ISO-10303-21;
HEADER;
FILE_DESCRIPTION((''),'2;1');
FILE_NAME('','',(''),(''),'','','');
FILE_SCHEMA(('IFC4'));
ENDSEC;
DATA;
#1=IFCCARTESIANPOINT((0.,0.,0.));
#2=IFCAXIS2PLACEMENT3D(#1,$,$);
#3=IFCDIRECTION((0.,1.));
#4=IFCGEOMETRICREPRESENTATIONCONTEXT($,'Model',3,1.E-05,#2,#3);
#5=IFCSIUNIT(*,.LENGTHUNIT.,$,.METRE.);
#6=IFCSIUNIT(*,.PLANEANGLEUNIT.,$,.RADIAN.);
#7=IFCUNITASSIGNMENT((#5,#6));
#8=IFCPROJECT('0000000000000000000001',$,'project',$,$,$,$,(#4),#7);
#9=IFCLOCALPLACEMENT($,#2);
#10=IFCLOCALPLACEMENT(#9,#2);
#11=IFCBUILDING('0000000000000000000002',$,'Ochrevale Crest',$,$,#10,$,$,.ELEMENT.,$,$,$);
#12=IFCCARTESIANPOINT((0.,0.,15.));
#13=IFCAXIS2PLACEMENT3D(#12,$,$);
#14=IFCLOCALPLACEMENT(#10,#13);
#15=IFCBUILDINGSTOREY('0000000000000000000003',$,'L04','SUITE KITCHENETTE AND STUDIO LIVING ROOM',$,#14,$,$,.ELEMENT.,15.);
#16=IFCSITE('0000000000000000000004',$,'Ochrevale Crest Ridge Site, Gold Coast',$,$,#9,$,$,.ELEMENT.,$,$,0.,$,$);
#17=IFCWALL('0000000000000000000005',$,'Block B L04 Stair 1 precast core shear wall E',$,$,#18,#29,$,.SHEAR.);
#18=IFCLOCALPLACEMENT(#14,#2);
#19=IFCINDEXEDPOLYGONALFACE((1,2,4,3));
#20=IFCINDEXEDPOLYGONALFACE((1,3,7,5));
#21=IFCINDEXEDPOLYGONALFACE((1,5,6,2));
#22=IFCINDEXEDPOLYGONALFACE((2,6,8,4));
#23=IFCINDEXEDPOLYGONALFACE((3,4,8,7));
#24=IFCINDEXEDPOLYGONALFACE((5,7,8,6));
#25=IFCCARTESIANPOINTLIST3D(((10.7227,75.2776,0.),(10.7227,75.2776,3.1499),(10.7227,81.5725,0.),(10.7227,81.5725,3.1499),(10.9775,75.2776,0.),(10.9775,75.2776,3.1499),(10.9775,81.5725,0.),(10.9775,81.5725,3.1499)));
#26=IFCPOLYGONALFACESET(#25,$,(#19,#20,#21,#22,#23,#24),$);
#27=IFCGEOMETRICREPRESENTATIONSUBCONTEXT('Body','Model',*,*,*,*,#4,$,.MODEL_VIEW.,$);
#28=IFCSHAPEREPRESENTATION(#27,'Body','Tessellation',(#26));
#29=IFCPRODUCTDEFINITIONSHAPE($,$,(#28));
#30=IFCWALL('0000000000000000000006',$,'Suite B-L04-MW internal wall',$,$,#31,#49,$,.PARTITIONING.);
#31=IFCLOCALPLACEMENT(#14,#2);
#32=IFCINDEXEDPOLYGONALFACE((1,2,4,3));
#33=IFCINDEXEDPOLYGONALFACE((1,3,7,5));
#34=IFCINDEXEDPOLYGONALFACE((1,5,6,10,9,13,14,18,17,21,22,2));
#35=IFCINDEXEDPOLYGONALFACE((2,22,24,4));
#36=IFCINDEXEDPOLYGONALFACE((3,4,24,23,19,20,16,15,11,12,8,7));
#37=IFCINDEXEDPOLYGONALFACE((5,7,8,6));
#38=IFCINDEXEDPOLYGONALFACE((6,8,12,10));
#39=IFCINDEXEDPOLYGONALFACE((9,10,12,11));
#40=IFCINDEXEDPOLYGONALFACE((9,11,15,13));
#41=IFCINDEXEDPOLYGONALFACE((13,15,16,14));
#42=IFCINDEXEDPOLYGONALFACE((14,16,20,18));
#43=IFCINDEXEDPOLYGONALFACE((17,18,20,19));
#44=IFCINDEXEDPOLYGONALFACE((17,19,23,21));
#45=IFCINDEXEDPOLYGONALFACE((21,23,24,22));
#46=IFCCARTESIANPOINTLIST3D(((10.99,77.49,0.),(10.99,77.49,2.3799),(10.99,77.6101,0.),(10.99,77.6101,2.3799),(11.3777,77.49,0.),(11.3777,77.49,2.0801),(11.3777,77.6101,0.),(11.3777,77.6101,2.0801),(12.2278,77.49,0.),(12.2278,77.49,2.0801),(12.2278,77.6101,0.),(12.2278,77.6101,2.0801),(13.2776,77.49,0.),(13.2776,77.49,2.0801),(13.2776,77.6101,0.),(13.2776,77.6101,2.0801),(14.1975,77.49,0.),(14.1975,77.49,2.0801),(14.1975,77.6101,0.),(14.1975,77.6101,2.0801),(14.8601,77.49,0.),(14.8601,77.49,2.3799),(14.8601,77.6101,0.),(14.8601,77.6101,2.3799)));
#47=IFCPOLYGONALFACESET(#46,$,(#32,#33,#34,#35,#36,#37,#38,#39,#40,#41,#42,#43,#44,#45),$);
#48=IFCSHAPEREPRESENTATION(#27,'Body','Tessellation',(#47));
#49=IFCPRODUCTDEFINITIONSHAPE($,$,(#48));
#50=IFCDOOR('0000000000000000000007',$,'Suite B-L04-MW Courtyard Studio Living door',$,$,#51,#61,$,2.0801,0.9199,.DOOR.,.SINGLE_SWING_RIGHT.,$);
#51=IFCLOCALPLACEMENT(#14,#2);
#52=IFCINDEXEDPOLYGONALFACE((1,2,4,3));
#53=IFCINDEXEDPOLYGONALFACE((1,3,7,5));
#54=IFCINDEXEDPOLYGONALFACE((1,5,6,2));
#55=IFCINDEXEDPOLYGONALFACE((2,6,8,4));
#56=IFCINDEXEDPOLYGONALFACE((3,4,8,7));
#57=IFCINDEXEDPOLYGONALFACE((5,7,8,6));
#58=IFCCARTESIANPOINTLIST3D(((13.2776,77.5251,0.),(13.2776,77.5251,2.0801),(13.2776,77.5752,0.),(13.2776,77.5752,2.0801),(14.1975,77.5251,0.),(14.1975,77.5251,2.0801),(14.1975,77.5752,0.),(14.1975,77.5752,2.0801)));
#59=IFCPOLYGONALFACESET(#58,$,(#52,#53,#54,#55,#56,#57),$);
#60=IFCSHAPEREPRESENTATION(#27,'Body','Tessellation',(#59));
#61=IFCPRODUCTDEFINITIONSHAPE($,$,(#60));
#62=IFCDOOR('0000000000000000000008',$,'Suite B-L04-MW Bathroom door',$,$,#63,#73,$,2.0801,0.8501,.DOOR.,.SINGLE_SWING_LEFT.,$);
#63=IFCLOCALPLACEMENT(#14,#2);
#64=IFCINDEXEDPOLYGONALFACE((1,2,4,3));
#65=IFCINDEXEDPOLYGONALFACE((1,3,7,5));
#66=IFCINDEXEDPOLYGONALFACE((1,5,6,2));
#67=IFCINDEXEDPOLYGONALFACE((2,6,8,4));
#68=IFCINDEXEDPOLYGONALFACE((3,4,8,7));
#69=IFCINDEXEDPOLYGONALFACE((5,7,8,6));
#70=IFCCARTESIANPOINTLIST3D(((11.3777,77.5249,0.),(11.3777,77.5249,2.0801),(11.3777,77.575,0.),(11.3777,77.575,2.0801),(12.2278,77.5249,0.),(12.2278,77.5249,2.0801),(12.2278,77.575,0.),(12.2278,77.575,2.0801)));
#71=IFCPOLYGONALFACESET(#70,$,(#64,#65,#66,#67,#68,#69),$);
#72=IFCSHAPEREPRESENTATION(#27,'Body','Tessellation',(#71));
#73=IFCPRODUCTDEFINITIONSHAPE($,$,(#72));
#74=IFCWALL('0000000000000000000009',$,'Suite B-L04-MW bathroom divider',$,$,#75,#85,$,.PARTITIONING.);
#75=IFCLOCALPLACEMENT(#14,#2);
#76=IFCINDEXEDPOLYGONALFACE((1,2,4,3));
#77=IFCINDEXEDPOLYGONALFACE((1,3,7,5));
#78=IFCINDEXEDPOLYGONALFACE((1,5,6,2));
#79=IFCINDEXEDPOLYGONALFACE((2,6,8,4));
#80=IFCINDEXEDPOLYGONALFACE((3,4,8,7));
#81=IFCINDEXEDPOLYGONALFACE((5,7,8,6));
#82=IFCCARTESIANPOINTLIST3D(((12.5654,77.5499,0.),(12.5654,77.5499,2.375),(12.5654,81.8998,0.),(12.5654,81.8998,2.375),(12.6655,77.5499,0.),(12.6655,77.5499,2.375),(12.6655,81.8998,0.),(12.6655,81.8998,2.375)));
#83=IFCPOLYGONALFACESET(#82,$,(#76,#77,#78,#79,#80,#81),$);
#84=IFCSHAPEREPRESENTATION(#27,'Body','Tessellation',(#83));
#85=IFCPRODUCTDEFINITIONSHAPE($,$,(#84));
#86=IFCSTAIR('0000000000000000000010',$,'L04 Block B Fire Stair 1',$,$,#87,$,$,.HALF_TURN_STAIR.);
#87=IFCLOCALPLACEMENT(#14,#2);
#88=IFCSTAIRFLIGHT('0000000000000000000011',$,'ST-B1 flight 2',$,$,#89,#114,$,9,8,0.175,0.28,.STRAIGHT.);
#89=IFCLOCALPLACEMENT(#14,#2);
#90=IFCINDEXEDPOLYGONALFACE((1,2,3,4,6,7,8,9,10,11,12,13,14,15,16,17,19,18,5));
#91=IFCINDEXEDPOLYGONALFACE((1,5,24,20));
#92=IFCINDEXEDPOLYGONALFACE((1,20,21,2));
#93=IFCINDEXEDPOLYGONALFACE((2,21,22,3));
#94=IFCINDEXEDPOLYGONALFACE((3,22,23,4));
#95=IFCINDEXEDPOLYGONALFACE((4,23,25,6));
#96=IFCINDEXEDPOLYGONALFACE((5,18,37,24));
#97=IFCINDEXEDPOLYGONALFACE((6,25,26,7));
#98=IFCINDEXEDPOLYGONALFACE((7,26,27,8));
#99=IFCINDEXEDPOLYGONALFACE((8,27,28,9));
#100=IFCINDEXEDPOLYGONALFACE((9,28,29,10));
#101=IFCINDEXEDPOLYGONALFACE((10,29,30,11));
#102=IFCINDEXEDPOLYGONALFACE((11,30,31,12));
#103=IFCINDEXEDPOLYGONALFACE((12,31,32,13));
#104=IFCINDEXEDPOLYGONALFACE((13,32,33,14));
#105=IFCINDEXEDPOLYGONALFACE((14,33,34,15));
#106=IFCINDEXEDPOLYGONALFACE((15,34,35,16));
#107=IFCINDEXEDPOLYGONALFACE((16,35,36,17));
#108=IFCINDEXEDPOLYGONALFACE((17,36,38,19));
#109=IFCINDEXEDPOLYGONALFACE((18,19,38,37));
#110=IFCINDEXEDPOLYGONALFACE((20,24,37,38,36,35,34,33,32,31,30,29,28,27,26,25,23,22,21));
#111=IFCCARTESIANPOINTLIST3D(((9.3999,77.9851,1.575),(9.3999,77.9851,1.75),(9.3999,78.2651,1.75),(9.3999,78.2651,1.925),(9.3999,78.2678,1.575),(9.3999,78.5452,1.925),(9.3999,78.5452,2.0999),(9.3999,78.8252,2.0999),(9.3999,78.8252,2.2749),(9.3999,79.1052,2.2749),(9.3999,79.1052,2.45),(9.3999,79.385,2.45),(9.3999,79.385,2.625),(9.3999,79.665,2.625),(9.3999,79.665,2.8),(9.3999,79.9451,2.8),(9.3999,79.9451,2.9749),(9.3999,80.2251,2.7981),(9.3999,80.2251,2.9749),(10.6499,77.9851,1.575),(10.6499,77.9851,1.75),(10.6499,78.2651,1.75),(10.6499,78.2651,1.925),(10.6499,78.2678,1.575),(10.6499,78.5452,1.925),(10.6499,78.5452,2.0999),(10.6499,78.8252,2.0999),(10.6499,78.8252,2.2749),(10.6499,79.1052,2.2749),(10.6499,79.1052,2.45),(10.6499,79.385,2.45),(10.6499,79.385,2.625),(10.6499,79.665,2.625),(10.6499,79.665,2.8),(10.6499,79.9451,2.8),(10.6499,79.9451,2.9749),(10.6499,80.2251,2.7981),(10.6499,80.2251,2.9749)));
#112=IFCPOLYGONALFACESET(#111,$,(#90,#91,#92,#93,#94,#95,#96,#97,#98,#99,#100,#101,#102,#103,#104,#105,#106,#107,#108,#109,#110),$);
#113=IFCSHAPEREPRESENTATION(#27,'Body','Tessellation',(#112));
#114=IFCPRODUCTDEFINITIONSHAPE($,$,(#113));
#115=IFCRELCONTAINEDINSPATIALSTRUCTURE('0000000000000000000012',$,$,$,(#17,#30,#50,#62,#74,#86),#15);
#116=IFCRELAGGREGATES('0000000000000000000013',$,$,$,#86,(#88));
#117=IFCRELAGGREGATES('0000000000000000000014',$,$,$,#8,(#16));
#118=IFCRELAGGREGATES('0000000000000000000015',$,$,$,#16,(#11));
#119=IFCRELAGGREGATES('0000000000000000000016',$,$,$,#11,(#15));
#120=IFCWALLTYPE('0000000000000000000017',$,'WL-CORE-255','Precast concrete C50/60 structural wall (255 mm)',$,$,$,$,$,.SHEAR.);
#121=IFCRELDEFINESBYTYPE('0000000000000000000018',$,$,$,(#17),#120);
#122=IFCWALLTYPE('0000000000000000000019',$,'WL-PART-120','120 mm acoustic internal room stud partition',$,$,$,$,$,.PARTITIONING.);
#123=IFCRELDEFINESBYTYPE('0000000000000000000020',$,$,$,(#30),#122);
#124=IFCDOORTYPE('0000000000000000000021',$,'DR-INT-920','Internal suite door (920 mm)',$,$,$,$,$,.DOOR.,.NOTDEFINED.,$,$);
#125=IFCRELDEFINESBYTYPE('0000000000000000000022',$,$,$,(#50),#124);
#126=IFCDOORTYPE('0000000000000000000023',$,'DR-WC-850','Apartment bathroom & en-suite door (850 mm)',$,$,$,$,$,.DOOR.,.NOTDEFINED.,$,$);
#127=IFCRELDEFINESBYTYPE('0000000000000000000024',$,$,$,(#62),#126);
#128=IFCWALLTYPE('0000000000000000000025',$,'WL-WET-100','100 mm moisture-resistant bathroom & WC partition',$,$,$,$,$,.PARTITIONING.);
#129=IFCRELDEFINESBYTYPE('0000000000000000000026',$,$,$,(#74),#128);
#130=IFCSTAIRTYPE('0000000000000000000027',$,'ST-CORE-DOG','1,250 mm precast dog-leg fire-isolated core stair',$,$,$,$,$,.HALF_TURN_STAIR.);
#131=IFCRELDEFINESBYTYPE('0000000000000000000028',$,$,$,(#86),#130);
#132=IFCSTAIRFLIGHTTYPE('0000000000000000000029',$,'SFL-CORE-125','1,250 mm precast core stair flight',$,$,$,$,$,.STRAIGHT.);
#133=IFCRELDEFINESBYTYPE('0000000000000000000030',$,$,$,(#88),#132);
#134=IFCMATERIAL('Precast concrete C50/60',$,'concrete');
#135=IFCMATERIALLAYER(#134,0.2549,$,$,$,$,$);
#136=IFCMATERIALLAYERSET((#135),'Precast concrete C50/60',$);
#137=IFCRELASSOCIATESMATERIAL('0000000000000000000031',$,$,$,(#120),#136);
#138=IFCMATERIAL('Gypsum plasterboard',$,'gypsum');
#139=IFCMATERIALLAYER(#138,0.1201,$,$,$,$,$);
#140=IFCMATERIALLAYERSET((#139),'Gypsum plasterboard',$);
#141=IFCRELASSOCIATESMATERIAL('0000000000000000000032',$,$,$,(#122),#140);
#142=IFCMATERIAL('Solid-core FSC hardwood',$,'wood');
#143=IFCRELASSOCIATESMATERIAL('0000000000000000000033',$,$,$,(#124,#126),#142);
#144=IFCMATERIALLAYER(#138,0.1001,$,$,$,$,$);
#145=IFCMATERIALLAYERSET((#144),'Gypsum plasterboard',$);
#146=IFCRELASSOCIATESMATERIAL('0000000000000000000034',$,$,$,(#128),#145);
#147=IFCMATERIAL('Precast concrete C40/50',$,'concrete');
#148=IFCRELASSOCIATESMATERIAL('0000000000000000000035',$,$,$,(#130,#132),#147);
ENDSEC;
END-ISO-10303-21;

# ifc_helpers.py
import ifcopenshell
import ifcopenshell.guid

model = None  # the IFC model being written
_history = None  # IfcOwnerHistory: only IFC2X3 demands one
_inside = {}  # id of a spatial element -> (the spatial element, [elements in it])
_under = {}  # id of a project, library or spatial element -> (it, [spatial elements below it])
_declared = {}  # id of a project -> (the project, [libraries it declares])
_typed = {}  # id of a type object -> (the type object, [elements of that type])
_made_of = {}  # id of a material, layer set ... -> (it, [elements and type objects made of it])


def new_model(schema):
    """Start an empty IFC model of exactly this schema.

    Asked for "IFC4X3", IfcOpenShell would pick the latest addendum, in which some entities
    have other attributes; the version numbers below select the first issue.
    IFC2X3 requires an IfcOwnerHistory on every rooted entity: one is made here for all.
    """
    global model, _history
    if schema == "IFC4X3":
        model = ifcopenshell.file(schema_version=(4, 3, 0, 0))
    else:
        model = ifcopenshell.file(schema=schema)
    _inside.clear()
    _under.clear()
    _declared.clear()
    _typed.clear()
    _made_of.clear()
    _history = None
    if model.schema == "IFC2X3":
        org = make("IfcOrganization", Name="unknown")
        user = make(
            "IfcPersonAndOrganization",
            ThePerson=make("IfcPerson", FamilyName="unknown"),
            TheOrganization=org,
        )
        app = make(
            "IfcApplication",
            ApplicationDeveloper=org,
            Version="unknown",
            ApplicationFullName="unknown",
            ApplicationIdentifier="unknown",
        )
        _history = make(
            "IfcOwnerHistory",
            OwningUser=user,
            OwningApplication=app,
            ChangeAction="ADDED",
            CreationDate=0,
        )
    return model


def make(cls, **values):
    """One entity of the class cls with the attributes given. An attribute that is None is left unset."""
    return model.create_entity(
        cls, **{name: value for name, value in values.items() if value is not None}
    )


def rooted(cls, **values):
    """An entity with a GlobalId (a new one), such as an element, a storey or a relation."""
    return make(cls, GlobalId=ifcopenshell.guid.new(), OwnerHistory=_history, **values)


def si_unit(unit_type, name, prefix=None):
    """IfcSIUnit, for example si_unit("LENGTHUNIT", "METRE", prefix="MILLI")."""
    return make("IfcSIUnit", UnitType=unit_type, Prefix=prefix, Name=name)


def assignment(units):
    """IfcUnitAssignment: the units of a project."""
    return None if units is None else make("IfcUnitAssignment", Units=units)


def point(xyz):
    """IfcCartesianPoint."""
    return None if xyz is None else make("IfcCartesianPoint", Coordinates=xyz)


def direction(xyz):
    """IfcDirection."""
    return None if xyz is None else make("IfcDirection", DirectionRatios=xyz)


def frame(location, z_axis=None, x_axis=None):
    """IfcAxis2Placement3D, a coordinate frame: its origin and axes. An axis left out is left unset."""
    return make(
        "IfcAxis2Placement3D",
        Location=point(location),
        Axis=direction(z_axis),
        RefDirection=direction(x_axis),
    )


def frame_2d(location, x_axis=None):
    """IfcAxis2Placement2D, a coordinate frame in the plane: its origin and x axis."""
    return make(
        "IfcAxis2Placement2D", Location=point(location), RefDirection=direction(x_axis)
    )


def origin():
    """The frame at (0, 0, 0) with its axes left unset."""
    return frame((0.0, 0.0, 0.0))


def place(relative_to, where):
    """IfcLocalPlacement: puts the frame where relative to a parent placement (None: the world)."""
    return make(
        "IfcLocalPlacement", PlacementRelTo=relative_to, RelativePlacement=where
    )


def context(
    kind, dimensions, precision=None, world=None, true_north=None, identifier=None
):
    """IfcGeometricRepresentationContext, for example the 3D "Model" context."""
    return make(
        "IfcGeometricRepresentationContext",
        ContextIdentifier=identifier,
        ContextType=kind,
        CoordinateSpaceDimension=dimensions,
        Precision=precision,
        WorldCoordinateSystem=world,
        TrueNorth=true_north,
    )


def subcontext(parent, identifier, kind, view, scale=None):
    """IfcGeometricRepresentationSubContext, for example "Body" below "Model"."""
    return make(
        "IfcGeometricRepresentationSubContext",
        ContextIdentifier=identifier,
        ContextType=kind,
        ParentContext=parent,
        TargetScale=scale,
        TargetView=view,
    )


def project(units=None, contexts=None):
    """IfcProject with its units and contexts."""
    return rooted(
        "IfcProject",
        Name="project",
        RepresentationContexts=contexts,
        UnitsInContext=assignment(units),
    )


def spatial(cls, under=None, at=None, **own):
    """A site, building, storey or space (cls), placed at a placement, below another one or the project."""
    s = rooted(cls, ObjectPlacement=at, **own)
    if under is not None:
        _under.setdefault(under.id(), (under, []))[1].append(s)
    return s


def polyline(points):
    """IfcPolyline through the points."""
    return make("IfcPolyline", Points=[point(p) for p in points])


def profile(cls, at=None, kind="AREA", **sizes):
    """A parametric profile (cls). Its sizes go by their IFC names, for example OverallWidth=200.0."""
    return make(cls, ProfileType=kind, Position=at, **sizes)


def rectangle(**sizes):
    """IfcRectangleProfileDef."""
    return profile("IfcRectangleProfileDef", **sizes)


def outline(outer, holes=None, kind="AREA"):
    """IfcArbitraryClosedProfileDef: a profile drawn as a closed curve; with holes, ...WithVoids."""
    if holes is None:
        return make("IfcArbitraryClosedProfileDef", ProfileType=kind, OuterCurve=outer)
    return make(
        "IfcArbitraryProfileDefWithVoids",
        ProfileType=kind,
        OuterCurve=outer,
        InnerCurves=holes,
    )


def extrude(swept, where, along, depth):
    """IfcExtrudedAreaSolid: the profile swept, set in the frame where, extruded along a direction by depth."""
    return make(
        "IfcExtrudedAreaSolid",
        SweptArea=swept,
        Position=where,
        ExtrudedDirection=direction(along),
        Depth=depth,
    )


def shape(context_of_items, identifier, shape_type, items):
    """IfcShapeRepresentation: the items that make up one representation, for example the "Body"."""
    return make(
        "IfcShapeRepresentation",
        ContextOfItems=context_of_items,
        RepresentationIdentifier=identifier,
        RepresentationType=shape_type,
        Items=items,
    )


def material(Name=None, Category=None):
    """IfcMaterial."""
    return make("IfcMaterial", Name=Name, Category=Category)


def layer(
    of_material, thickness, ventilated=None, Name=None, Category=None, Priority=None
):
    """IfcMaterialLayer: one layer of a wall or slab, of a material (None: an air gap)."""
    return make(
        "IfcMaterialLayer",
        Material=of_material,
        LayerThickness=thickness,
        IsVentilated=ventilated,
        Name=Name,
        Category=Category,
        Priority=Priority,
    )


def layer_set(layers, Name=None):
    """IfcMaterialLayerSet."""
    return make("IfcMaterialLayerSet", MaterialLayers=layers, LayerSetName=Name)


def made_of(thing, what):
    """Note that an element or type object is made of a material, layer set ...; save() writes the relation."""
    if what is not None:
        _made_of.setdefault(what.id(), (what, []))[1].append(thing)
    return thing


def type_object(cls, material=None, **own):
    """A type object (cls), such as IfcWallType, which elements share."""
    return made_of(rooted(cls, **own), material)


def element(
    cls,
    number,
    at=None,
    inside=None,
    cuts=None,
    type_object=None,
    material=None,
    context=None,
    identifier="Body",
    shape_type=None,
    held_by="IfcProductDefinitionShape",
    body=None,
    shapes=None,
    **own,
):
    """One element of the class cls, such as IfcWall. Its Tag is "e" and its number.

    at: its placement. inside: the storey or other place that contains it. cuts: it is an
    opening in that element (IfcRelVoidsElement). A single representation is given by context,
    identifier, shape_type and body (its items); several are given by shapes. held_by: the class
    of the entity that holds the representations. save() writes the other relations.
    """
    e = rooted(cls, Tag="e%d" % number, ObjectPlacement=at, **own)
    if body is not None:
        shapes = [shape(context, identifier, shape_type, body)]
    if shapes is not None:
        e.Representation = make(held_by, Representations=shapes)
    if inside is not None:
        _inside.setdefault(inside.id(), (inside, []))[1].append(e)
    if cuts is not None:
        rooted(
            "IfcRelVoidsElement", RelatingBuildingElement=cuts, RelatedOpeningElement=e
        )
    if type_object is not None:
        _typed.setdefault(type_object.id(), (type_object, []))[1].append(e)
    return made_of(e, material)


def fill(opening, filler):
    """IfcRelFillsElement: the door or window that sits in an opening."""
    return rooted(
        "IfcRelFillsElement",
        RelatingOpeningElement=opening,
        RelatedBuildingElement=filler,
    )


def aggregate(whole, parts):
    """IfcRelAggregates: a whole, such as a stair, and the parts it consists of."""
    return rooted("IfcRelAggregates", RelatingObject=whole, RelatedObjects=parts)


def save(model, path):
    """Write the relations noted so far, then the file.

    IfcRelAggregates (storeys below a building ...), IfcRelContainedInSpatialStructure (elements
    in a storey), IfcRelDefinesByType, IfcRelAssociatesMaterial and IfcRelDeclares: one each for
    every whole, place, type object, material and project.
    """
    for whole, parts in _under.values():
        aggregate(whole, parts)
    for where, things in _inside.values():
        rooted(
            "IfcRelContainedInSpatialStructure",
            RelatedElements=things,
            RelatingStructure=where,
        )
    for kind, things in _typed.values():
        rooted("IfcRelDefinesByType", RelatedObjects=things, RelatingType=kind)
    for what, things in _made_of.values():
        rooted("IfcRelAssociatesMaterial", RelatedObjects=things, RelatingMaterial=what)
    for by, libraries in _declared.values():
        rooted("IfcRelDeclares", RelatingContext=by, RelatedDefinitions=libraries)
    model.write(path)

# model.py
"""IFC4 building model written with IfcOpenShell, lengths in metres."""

from ifc_helpers import new_model, si_unit, direction, frame, frame_2d, origin, place, context, subcontext, project, spatial, polyline, rectangle, outline, extrude, material, layer, layer_set, type_object, element, fill, aggregate, save


model = new_model("IFC4")

# Units and contexts
model_context = context("Model", 3, precision=1e-05, world=origin(), true_north=direction((0.0, 1.0)))
body_context = subcontext(model_context, "Body", "Model", "MODEL_VIEW")
ifc_project = project(units=[si_unit("LENGTHUNIT", "METRE"), si_unit("PLANEANGLEUNIT", "RADIAN")], contexts=[model_context])

# Site, building, storey
site_placement = place(None, origin())
site = spatial("IfcSite", under=ifc_project, at=site_placement, Name="Ochrevale Crest Ridge Site, Gold Coast", CompositionType="ELEMENT", RefElevation=0.0)
building_placement = place(site_placement, origin())
building = spatial("IfcBuilding", under=site, at=building_placement, Name="Ochrevale Crest", CompositionType="ELEMENT")
storey_placement = place(building_placement, frame((0.0, 0.0, 15.0)))
storey = spatial("IfcBuildingStorey", under=building, at=storey_placement, Name="L04", Description="SUITE KITCHENETTE AND STUDIO LIVING ROOM", CompositionType="ELEMENT", Elevation=15.0)

# Shared definitions
ifc_material_1 = material(Name="Precast concrete C50/60", Category="concrete")

# Wall
ifc_layer_1 = layer(ifc_material_1, 0.2549)
ifc_layer_set_1 = layer_set([ifc_layer_1], Name="Precast concrete C50/60")
wall_type_1 = type_object("IfcWallType", Name="WL-CORE-255", Description="Precast concrete C50/60 structural wall (255 mm)", PredefinedType="SHEAR", material=ifc_layer_set_1)
for number, where, z_axis, x_axis, name in (
    (1, (10.8501, 75.2776, 0.0), (0.0, 0.0, 1.0), (0.0, 1.0, 0.0), "Block B L04 Stair 1 precast core shear wall E"),
):
    element("IfcWall", number, at=place(storey_placement, frame(where, z_axis=z_axis, x_axis=x_axis)), inside=storey, type_object=wall_type_1, Name=name, PredefinedType="SHEAR", context=body_context, shape_type="SweptSolid", body=[
        extrude(rectangle(XDim=6.2949, YDim=0.2549, at=frame_2d((3.1475, 0.0))), origin(), (0.0, 0.0, 1.0), 3.1499),
    ])

# Wall, openings, doors
ifc_material_2 = material(Name="Gypsum plasterboard", Category="gypsum")
ifc_layer_2 = layer(ifc_material_2, 0.1201)
ifc_layer_set_2 = layer_set([ifc_layer_2], Name="Gypsum plasterboard")
wall_type_2 = type_object("IfcWallType", Name="WL-PART-120", Description="120 mm acoustic internal room stud partition", PredefinedType="PARTITIONING", material=ifc_layer_set_2)
wall_1_placement = place(storey_placement, frame((10.99, 77.55, 0.0), z_axis=(0.0, 0.0, 1.0), x_axis=(1.0, 0.0, 0.0)))
wall_1 = element("IfcWall", 2, at=wall_1_placement, inside=storey, type_object=wall_type_2, Name="Suite B-L04-MW internal wall", PredefinedType="PARTITIONING", context=body_context, shape_type="SweptSolid", body=[
    extrude(rectangle(XDim=3.8701, YDim=0.1201, at=frame_2d((1.9351, 0.0))), origin(), (0.0, 0.0, 1.0), 2.3799),
])
opening_1_placement = place(wall_1_placement, frame((0.3877, 0.0, 0.0)))
opening_1 = element("IfcOpeningElement", 3, at=opening_1_placement, cuts=wall_1, PredefinedType="OPENING", context=body_context, shape_type="SweptSolid", body=[
    extrude(rectangle(XDim=0.8501, YDim=2.0801, at=frame_2d((0.425, 1.04))), frame((0.0, 0.0701, 0.0), z_axis=(0.0, -1.0, 0.0), x_axis=(1.0, 0.0, 0.0)), (0.0, 0.0, 1.0), 0.1401),
])
opening_2_placement = place(wall_1_placement, frame((3.2075, 0.0, 0.0), z_axis=(0.0, 0.0, 1.0), x_axis=(-1.0, 0.0, 0.0)))
opening_2 = element("IfcOpeningElement", 4, at=opening_2_placement, cuts=wall_1, PredefinedType="OPENING", context=body_context, shape_type="SweptSolid", body=[
    extrude(rectangle(XDim=0.9199, YDim=2.0801, at=frame_2d((0.46, 1.04))), frame((0.0, 0.0701, 0.0), z_axis=(0.0, -1.0, 0.0), x_axis=(1.0, 0.0, 0.0)), (0.0, 0.0, 1.0), 0.1401),
])
ifc_material_3 = material(Name="Solid-core FSC hardwood", Category="wood")
door_type_1 = type_object("IfcDoorType", Name="DR-INT-920", Description="Internal suite door (920 mm)", OperationType="NOTDEFINED", PredefinedType="DOOR", material=ifc_material_3)
door_1_placement = place(opening_2_placement, origin())
door_1 = element("IfcDoor", 5, at=door_1_placement, inside=storey, type_object=door_type_1, Name="Suite B-L04-MW Courtyard Studio Living door", OperationType="SINGLE_SWING_RIGHT", OverallHeight=2.0801, OverallWidth=0.9199, PredefinedType="DOOR", context=body_context, shape_type="SweptSolid", body=[
    extrude(rectangle(XDim=0.9199, YDim=2.0801, at=frame_2d((0.46, 1.04))), frame((0.0, 0.0249, 0.0), z_axis=(0.0, -1.0, 0.0), x_axis=(1.0, 0.0, 0.0)), (0.0, 0.0, 1.0), 0.05),
])
fill(opening_2, door_1)
door_type_2 = type_object("IfcDoorType", Name="DR-WC-850", Description="Apartment bathroom & en-suite door (850 mm)", OperationType="NOTDEFINED", PredefinedType="DOOR", material=ifc_material_3)
door_2_placement = place(opening_1_placement, origin())
door_2 = element("IfcDoor", 6, at=door_2_placement, inside=storey, type_object=door_type_2, Name="Suite B-L04-MW Bathroom door", OperationType="SINGLE_SWING_LEFT", OverallHeight=2.0801, OverallWidth=0.8501, PredefinedType="DOOR", context=body_context, shape_type="SweptSolid", body=[
    extrude(rectangle(XDim=0.8501, YDim=2.0801, at=frame_2d((0.425, 1.04))), frame((0.0, 0.0249, 0.0), z_axis=(0.0, -1.0, 0.0), x_axis=(1.0, 0.0, 0.0)), (0.0, 0.0, 1.0), 0.05),
])
fill(opening_1, door_2)

# Wall
ifc_layer_3 = layer(ifc_material_2, 0.1001)
ifc_layer_set_3 = layer_set([ifc_layer_3], Name="Gypsum plasterboard")
wall_type_3 = type_object("IfcWallType", Name="WL-WET-100", Description="100 mm moisture-resistant bathroom & WC partition", PredefinedType="PARTITIONING", material=ifc_layer_set_3)
wall_2_placement = place(storey_placement, frame((12.6155, 77.55, 0.0), z_axis=(0.0, 0.0, 1.0), x_axis=(0.0, 1.0, 0.0)))
element("IfcWall", 7, at=wall_2_placement, inside=storey, type_object=wall_type_3, Name="Suite B-L04-MW bathroom divider", PredefinedType="PARTITIONING", context=body_context, shape_type="SweptSolid", body=[
    extrude(rectangle(XDim=4.3499, YDim=0.1001, at=frame_2d((2.1748, 0.0))), origin(), (0.0, 0.0, 1.0), 2.375),
])

# Stair, stair flight
ifc_material_4 = material(Name="Precast concrete C40/50", Category="concrete")
stair_type = type_object("IfcStairType", Name="ST-CORE-DOG", Description="1,250 mm precast dog-leg fire-isolated core stair", PredefinedType="HALF_TURN_STAIR", material=ifc_material_4)
stair_placement = place(storey_placement, origin())
stair = element("IfcStair", 8, at=stair_placement, inside=storey, type_object=stair_type, Name="L04 Block B Fire Stair 1", PredefinedType="HALF_TURN_STAIR")
stair_flight_type = type_object("IfcStairFlightType", Name="SFL-CORE-125", Description="1,250 mm precast core stair flight", PredefinedType="STRAIGHT", material=ifc_material_4)
stair_flight_placement = place(storey_placement, frame((10.0249, 77.9851, 1.575), z_axis=(0.0, 0.0, 1.0), x_axis=(0.0, 1.0, 0.0)))
stair_flight = element("IfcStairFlight", 9, at=stair_flight_placement, type_object=stair_flight_type, Name="ST-B1 flight 2", NumberOfRisers=9, NumberOfTreads=8, PredefinedType="STRAIGHT", RiserHeight=0.175, TreadLength=0.28, context=body_context, shape_type="SweptSolid", body=[
    extrude(outline(polyline([(0.0, 0.0), (0.0, 0.175), (0.28, 0.175), (0.28, 0.3501), (0.5601, 0.3501), (0.5601, 0.5249), (0.8401, 0.5249), (0.8401, 0.7), (1.1201, 0.7), (1.1201, 0.875), (1.3999, 0.875), (1.3999, 1.05), (1.6799, 1.05), (1.6799, 1.2251), (1.96, 1.2251), (1.96, 1.3999), (2.24, 1.3999), (2.24, 1.575), (2.24, 1.2231), (0.2827, 0.0), (0.0, 0.0)])), frame((0.0, 0.625, 0.0), z_axis=(0.0, -1.0, 0.0), x_axis=(1.0, 0.0, 0.0)), (0.0, 0.0, 1.0), 1.25),
])
aggregate(stair, [stair_flight])

save(model, "model.ifc")
